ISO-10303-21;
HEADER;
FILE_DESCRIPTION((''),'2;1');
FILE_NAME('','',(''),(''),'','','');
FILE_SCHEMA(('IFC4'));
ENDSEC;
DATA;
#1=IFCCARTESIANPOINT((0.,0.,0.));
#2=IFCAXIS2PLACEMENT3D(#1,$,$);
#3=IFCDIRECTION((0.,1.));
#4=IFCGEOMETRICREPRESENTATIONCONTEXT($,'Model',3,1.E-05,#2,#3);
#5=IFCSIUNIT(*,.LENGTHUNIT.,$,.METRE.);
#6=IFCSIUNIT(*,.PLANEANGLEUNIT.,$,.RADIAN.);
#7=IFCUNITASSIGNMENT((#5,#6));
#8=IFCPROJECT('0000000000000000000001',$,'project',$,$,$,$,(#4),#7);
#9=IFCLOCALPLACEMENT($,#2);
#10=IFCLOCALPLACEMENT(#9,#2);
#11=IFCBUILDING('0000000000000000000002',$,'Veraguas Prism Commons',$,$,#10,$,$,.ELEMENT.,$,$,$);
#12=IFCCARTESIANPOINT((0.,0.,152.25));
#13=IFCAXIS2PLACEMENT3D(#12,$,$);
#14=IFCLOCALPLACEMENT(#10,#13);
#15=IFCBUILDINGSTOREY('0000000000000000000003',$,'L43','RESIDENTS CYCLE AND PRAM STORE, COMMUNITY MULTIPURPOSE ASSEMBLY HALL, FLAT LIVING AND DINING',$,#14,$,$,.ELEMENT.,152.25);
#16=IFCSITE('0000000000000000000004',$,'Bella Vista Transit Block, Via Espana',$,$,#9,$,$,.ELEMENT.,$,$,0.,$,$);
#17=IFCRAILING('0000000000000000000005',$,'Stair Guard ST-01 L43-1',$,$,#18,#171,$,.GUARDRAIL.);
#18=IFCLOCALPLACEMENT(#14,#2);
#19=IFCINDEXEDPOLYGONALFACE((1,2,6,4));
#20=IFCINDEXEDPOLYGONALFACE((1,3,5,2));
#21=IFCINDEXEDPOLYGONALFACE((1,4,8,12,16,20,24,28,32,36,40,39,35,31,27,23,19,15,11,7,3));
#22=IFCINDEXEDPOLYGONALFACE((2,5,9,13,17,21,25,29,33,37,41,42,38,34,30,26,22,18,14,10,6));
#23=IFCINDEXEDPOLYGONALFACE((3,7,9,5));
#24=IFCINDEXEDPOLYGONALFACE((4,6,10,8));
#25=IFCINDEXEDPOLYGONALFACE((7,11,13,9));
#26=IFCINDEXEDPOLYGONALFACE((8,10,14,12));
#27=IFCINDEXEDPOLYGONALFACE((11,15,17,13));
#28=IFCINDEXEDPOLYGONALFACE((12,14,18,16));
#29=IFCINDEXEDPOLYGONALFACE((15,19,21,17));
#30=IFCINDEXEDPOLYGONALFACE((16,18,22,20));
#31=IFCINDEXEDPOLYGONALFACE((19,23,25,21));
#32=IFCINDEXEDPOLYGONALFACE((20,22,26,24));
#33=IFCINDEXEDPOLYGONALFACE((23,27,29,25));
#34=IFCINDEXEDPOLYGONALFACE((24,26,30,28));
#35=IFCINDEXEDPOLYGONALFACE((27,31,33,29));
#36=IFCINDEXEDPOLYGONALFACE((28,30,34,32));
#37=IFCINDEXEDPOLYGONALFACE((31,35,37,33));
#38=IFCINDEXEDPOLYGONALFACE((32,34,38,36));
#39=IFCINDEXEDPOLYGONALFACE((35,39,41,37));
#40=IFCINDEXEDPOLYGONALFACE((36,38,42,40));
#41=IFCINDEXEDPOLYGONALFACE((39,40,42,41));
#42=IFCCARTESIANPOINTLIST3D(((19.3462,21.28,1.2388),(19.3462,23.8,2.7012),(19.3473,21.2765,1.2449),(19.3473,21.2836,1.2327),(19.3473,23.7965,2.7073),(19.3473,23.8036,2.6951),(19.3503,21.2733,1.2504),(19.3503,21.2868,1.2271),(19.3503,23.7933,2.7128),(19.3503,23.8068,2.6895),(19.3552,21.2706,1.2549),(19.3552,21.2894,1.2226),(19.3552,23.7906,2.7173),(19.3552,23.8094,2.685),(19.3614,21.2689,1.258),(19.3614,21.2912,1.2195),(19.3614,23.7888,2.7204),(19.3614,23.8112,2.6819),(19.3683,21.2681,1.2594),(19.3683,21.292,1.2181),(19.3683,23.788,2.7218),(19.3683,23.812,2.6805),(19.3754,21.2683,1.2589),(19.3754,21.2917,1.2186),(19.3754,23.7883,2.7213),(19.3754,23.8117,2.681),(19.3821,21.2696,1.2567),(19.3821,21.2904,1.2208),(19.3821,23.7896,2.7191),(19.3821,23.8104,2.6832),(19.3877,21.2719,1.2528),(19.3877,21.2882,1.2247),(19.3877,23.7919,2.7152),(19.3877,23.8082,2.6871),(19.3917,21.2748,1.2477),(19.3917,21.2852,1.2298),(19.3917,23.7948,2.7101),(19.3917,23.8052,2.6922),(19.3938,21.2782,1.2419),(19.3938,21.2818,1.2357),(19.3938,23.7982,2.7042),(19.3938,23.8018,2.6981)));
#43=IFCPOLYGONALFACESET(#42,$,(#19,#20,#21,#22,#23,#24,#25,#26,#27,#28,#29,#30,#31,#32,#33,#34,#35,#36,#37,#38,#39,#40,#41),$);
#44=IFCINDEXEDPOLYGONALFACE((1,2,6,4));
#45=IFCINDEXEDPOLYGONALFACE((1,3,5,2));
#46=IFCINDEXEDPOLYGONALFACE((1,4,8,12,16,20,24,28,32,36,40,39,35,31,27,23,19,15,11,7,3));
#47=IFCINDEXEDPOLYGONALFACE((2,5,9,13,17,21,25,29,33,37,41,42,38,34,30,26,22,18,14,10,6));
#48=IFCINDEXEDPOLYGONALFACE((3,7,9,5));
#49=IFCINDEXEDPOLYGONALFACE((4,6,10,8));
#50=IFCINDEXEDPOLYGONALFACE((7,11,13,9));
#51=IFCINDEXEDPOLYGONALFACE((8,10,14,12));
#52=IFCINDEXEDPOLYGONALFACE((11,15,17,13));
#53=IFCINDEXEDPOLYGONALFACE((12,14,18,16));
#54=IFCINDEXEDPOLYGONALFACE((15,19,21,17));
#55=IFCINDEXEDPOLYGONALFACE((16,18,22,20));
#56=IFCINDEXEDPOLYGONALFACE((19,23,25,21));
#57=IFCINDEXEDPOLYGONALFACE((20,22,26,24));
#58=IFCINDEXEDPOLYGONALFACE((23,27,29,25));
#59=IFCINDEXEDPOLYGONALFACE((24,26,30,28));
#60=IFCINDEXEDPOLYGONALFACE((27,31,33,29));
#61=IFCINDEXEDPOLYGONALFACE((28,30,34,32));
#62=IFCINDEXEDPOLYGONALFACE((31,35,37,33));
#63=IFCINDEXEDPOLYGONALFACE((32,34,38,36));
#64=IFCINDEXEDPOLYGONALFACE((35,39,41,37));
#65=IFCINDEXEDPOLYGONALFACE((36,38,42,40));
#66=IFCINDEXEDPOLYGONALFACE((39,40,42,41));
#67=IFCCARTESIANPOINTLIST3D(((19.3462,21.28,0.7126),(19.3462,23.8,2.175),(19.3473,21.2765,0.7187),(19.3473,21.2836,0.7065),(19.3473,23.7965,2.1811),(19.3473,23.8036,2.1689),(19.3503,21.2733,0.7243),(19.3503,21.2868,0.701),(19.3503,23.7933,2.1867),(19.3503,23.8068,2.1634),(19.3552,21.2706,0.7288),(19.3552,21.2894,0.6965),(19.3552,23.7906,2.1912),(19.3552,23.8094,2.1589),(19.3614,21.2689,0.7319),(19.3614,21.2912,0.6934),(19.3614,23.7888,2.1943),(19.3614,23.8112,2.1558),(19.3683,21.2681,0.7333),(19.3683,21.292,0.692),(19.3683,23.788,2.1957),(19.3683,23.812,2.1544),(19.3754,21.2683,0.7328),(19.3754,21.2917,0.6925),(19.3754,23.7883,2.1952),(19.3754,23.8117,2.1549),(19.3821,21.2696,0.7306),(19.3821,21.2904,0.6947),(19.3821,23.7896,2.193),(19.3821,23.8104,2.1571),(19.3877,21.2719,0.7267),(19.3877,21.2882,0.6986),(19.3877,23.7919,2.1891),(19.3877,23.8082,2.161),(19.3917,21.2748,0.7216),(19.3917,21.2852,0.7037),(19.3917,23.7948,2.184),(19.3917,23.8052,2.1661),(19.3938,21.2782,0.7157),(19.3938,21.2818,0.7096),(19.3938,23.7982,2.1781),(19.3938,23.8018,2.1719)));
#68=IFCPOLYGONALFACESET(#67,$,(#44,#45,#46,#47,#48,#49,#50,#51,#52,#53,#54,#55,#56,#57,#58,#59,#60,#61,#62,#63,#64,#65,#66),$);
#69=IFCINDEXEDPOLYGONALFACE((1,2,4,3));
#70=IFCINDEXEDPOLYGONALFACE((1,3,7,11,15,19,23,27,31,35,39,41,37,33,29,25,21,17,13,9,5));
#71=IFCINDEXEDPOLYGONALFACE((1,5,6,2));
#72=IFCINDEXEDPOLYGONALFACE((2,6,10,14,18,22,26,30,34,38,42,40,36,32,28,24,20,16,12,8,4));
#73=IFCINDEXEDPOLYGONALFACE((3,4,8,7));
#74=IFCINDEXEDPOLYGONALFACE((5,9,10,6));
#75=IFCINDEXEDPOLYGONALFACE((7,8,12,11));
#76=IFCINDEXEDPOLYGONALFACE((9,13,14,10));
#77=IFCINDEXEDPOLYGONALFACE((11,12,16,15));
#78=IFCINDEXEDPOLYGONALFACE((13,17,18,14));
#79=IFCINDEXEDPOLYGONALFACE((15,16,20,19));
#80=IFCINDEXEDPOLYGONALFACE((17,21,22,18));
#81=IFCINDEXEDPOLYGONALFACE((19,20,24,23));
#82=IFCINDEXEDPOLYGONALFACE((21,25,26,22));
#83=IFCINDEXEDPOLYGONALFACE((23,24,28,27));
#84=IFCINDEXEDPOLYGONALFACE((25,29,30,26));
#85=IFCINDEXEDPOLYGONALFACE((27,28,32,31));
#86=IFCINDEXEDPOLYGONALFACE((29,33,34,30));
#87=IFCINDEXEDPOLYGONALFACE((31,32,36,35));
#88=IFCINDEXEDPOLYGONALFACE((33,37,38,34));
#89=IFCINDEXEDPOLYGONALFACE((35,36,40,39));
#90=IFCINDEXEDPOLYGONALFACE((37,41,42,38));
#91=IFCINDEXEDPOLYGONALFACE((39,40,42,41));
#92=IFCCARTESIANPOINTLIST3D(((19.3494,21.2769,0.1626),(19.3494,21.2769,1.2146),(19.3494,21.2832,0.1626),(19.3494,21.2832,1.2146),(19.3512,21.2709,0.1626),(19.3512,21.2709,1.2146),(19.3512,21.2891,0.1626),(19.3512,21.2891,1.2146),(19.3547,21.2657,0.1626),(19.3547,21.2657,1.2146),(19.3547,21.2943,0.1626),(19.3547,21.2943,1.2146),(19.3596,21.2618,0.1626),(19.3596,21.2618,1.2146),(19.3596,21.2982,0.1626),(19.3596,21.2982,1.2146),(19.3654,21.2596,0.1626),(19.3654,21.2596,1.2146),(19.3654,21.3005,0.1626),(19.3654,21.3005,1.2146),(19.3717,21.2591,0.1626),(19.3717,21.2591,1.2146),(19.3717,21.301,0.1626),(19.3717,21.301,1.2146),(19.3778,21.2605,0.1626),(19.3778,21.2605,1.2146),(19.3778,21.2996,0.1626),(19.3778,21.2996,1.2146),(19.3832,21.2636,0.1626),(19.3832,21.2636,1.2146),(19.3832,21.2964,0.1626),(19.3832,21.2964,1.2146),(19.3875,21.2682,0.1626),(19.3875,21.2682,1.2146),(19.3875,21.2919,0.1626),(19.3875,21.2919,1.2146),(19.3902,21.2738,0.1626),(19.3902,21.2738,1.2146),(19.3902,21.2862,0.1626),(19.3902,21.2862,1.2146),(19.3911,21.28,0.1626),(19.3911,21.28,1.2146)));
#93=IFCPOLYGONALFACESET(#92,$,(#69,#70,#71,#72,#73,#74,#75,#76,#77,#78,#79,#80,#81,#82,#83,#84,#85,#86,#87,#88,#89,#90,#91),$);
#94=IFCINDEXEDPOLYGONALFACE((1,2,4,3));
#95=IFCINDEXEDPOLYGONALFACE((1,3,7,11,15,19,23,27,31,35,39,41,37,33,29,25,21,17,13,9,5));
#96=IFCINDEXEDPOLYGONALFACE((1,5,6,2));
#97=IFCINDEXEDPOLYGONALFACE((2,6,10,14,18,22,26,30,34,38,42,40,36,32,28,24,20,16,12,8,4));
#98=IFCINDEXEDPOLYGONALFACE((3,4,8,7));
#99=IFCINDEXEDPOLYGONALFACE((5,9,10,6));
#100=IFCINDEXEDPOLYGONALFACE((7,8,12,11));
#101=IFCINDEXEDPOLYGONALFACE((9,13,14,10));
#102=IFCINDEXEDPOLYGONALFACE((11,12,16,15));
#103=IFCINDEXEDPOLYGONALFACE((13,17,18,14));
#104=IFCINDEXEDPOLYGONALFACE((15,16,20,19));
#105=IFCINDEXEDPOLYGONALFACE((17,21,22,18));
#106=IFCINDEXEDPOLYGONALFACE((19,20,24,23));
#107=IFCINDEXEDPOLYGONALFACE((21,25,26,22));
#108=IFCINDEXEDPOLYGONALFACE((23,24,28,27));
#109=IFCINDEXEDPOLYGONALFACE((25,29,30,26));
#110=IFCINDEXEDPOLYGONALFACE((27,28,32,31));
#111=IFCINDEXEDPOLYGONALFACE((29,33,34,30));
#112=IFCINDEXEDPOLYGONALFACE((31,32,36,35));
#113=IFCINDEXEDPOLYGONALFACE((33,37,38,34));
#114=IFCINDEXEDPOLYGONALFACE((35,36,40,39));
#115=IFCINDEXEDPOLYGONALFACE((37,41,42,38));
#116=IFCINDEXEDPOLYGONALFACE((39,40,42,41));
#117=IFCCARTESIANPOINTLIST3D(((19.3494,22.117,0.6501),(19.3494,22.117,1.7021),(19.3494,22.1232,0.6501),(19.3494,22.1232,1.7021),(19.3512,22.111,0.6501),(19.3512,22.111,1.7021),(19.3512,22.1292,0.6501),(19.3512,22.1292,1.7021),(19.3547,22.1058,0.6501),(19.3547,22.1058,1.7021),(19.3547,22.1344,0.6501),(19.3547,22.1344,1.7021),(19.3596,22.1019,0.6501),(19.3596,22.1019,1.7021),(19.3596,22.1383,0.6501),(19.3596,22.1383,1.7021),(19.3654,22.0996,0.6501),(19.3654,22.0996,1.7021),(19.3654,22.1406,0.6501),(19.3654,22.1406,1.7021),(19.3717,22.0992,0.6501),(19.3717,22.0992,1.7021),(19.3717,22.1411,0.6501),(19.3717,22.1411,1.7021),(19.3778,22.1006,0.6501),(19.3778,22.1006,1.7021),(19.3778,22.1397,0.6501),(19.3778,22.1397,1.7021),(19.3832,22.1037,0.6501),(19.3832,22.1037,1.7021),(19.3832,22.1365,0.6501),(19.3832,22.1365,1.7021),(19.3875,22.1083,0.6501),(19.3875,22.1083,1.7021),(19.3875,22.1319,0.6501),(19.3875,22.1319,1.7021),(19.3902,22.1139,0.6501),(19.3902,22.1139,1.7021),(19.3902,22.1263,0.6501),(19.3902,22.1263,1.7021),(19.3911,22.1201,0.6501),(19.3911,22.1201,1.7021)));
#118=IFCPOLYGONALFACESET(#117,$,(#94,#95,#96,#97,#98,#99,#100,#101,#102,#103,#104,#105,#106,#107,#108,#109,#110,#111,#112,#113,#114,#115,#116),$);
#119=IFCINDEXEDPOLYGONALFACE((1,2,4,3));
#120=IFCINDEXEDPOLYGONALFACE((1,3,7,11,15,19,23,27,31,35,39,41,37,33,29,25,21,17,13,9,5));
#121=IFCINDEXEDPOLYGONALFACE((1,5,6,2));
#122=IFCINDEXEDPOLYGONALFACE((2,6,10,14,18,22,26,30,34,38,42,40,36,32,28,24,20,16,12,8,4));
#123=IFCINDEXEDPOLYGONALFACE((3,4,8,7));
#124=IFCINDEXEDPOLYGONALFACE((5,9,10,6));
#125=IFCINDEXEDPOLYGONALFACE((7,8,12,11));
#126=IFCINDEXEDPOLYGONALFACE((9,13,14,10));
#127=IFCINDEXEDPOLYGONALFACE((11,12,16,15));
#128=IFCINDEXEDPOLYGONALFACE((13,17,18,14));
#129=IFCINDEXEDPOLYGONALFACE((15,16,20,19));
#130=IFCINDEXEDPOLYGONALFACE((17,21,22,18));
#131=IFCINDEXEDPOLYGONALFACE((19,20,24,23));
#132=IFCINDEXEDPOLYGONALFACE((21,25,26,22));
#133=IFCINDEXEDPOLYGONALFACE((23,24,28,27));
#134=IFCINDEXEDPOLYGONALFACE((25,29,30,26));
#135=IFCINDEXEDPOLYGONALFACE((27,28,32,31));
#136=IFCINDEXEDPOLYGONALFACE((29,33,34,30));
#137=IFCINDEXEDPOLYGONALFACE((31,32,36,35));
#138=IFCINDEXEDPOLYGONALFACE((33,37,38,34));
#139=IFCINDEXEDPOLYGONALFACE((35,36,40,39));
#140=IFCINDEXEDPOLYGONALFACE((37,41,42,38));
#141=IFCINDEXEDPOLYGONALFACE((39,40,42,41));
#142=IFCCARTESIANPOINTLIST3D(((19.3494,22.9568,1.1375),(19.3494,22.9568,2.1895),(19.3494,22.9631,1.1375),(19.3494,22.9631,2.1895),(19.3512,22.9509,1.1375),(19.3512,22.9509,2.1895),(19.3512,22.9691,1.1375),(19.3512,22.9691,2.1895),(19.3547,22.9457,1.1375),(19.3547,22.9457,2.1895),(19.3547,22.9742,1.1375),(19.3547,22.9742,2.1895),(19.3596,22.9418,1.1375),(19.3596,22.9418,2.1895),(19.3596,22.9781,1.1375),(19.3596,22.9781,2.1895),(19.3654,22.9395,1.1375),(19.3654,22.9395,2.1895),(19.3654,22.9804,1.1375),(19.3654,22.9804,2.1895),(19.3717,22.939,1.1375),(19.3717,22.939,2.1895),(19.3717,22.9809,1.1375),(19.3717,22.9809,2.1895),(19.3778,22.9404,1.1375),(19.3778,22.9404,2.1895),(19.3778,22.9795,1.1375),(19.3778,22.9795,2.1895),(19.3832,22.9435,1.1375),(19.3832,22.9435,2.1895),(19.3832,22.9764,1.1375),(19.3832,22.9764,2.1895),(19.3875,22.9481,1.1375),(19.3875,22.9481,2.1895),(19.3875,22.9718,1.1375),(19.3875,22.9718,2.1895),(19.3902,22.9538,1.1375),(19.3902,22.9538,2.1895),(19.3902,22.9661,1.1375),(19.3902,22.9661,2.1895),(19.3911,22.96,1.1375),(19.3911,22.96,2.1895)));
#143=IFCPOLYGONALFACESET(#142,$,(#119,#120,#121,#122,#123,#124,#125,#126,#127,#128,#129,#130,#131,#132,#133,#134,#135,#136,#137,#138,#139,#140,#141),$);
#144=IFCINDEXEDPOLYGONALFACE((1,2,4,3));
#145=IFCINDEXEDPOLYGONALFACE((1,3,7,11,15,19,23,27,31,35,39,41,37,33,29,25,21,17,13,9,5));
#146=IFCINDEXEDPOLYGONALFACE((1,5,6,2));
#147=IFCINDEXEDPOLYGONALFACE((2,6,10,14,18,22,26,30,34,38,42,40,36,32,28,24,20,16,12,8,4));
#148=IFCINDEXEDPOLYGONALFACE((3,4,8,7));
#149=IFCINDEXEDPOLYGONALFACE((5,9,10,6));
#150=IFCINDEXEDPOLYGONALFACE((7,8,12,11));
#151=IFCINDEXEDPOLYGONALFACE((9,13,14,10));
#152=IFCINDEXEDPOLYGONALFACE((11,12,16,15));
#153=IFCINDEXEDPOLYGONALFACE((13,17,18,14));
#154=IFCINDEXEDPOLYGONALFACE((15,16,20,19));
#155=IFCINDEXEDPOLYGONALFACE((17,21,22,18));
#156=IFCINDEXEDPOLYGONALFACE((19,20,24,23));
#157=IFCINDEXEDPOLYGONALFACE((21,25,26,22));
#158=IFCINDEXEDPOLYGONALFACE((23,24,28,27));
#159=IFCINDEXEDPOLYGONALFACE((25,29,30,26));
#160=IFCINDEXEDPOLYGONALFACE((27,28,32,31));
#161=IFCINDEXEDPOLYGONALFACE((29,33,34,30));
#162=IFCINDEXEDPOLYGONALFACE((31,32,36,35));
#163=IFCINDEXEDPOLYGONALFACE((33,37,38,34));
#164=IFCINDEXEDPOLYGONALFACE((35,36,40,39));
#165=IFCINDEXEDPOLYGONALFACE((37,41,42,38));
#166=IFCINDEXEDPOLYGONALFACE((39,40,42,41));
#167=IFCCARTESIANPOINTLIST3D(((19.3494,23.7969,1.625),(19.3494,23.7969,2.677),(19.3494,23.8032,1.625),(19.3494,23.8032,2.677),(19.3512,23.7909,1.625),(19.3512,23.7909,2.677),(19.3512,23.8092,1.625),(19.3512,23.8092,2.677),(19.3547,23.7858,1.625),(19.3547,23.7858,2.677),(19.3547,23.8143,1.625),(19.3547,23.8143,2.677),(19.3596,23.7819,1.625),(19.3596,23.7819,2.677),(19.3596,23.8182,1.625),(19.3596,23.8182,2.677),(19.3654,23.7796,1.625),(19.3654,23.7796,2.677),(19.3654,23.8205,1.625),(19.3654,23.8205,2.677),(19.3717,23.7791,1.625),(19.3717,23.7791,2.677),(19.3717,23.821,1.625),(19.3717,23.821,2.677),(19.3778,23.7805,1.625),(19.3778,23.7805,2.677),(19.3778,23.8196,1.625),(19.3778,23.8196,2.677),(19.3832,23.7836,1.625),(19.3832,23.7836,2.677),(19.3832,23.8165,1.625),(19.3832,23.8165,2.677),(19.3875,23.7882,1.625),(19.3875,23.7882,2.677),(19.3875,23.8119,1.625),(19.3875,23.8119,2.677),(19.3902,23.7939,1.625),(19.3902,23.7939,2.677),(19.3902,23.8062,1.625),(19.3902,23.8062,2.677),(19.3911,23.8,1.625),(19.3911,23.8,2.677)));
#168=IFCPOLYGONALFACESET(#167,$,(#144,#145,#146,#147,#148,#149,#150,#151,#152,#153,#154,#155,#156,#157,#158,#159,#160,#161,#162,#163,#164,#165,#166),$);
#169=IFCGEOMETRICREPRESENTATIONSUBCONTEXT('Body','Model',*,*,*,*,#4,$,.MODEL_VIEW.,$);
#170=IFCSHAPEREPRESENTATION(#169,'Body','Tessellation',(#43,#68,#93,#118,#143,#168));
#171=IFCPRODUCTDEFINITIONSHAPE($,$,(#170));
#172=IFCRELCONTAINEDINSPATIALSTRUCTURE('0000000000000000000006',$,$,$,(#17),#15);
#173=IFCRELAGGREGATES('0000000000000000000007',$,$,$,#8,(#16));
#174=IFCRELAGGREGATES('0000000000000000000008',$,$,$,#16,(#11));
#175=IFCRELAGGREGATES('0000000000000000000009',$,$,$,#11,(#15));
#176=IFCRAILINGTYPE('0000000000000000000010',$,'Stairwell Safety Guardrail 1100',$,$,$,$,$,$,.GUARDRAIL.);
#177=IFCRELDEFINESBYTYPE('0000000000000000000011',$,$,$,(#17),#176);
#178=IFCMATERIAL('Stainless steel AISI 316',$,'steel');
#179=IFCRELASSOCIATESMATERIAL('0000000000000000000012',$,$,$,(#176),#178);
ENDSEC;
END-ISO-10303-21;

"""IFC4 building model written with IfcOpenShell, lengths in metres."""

from ifc_helpers import new_model, si_unit, direction, frame, origin, origin_2d, place, context, subcontext, project, spatial, circle, extrude, material, type_object, element, save


model = new_model("IFC4")

# Units and contexts
model_context = context("Model", 3, precision=1e-05, world=origin(), true_north=direction((0.0, 1.0)))
body_context = subcontext(model_context, "Body", "Model", "MODEL_VIEW")
ifc_project = project(units=[si_unit("LENGTHUNIT", "METRE"), si_unit("PLANEANGLEUNIT", "RADIAN")], contexts=[model_context])

# Site, building, storey
site_placement = place(None, origin())
site = spatial("IfcSite", under=ifc_project, at=site_placement, Name="Bella Vista Transit Block, Via Espana", CompositionType="ELEMENT", RefElevation=0.0)
building_placement = place(site_placement, origin())
building = spatial("IfcBuilding", under=site, at=building_placement, Name="Veraguas Prism Commons", CompositionType="ELEMENT")
storey_placement = place(building_placement, frame((0.0, 0.0, 152.25)))
storey = spatial("IfcBuildingStorey", under=building, at=storey_placement, Name="L43", Description="RESIDENTS CYCLE AND PRAM STORE, COMMUNITY MULTIPURPOSE ASSEMBLY HALL, FLAT LIVING AND DINING", CompositionType="ELEMENT", Elevation=152.25)

# Railing
ifc_material_1 = material(Name="Stainless steel AISI 316", Category="steel")
railing_type_1 = type_object("IfcRailingType", Name="Stairwell Safety Guardrail 1100", PredefinedType="GUARDRAIL", material=ifc_material_1)
railing_1_placement = place(storey_placement, frame((19.3701, 21.28, 0.1626)))
element("IfcRailing", 1, at=railing_1_placement, inside=storey, type_object=railing_type_1, Name="Stair Guard ST-01 L43-1", PredefinedType="GUARDRAIL", context=body_context, shape_type="SweptSolid", body=[
    extrude(circle(Radius=0.0239, at=origin_2d()), frame((0.0, 0.0, 1.0762), z_axis=(0.0, 0.864913, 0.501921), x_axis=(-1.0, 0.0, 0.0)), (0.0, 0.0, 1.0), 2.9136),
    extrude(circle(Radius=0.0239, at=origin_2d()), frame((0.0, 0.0, 0.55), z_axis=(0.0, 0.864913, 0.501921), x_axis=(-1.0, 0.0, 0.0)), (0.0, 0.0, 1.0), 2.9136),
    extrude(circle(Radius=0.021, at=origin_2d()), origin(), (0.0, 0.0, 1.0), 1.052),
    extrude(circle(Radius=0.021, at=origin_2d()), frame((0.0, 0.8401, 0.4875)), (0.0, 0.0, 1.0), 1.052),
    extrude(circle(Radius=0.021, at=origin_2d()), frame((0.0, 1.6799, 0.9749)), (0.0, 0.0, 1.0), 1.052),
    extrude(circle(Radius=0.021, at=origin_2d()), frame((0.0, 2.52, 1.4624)), (0.0, 0.0, 1.0), 1.052),
])

save(model, "model.ifc")
